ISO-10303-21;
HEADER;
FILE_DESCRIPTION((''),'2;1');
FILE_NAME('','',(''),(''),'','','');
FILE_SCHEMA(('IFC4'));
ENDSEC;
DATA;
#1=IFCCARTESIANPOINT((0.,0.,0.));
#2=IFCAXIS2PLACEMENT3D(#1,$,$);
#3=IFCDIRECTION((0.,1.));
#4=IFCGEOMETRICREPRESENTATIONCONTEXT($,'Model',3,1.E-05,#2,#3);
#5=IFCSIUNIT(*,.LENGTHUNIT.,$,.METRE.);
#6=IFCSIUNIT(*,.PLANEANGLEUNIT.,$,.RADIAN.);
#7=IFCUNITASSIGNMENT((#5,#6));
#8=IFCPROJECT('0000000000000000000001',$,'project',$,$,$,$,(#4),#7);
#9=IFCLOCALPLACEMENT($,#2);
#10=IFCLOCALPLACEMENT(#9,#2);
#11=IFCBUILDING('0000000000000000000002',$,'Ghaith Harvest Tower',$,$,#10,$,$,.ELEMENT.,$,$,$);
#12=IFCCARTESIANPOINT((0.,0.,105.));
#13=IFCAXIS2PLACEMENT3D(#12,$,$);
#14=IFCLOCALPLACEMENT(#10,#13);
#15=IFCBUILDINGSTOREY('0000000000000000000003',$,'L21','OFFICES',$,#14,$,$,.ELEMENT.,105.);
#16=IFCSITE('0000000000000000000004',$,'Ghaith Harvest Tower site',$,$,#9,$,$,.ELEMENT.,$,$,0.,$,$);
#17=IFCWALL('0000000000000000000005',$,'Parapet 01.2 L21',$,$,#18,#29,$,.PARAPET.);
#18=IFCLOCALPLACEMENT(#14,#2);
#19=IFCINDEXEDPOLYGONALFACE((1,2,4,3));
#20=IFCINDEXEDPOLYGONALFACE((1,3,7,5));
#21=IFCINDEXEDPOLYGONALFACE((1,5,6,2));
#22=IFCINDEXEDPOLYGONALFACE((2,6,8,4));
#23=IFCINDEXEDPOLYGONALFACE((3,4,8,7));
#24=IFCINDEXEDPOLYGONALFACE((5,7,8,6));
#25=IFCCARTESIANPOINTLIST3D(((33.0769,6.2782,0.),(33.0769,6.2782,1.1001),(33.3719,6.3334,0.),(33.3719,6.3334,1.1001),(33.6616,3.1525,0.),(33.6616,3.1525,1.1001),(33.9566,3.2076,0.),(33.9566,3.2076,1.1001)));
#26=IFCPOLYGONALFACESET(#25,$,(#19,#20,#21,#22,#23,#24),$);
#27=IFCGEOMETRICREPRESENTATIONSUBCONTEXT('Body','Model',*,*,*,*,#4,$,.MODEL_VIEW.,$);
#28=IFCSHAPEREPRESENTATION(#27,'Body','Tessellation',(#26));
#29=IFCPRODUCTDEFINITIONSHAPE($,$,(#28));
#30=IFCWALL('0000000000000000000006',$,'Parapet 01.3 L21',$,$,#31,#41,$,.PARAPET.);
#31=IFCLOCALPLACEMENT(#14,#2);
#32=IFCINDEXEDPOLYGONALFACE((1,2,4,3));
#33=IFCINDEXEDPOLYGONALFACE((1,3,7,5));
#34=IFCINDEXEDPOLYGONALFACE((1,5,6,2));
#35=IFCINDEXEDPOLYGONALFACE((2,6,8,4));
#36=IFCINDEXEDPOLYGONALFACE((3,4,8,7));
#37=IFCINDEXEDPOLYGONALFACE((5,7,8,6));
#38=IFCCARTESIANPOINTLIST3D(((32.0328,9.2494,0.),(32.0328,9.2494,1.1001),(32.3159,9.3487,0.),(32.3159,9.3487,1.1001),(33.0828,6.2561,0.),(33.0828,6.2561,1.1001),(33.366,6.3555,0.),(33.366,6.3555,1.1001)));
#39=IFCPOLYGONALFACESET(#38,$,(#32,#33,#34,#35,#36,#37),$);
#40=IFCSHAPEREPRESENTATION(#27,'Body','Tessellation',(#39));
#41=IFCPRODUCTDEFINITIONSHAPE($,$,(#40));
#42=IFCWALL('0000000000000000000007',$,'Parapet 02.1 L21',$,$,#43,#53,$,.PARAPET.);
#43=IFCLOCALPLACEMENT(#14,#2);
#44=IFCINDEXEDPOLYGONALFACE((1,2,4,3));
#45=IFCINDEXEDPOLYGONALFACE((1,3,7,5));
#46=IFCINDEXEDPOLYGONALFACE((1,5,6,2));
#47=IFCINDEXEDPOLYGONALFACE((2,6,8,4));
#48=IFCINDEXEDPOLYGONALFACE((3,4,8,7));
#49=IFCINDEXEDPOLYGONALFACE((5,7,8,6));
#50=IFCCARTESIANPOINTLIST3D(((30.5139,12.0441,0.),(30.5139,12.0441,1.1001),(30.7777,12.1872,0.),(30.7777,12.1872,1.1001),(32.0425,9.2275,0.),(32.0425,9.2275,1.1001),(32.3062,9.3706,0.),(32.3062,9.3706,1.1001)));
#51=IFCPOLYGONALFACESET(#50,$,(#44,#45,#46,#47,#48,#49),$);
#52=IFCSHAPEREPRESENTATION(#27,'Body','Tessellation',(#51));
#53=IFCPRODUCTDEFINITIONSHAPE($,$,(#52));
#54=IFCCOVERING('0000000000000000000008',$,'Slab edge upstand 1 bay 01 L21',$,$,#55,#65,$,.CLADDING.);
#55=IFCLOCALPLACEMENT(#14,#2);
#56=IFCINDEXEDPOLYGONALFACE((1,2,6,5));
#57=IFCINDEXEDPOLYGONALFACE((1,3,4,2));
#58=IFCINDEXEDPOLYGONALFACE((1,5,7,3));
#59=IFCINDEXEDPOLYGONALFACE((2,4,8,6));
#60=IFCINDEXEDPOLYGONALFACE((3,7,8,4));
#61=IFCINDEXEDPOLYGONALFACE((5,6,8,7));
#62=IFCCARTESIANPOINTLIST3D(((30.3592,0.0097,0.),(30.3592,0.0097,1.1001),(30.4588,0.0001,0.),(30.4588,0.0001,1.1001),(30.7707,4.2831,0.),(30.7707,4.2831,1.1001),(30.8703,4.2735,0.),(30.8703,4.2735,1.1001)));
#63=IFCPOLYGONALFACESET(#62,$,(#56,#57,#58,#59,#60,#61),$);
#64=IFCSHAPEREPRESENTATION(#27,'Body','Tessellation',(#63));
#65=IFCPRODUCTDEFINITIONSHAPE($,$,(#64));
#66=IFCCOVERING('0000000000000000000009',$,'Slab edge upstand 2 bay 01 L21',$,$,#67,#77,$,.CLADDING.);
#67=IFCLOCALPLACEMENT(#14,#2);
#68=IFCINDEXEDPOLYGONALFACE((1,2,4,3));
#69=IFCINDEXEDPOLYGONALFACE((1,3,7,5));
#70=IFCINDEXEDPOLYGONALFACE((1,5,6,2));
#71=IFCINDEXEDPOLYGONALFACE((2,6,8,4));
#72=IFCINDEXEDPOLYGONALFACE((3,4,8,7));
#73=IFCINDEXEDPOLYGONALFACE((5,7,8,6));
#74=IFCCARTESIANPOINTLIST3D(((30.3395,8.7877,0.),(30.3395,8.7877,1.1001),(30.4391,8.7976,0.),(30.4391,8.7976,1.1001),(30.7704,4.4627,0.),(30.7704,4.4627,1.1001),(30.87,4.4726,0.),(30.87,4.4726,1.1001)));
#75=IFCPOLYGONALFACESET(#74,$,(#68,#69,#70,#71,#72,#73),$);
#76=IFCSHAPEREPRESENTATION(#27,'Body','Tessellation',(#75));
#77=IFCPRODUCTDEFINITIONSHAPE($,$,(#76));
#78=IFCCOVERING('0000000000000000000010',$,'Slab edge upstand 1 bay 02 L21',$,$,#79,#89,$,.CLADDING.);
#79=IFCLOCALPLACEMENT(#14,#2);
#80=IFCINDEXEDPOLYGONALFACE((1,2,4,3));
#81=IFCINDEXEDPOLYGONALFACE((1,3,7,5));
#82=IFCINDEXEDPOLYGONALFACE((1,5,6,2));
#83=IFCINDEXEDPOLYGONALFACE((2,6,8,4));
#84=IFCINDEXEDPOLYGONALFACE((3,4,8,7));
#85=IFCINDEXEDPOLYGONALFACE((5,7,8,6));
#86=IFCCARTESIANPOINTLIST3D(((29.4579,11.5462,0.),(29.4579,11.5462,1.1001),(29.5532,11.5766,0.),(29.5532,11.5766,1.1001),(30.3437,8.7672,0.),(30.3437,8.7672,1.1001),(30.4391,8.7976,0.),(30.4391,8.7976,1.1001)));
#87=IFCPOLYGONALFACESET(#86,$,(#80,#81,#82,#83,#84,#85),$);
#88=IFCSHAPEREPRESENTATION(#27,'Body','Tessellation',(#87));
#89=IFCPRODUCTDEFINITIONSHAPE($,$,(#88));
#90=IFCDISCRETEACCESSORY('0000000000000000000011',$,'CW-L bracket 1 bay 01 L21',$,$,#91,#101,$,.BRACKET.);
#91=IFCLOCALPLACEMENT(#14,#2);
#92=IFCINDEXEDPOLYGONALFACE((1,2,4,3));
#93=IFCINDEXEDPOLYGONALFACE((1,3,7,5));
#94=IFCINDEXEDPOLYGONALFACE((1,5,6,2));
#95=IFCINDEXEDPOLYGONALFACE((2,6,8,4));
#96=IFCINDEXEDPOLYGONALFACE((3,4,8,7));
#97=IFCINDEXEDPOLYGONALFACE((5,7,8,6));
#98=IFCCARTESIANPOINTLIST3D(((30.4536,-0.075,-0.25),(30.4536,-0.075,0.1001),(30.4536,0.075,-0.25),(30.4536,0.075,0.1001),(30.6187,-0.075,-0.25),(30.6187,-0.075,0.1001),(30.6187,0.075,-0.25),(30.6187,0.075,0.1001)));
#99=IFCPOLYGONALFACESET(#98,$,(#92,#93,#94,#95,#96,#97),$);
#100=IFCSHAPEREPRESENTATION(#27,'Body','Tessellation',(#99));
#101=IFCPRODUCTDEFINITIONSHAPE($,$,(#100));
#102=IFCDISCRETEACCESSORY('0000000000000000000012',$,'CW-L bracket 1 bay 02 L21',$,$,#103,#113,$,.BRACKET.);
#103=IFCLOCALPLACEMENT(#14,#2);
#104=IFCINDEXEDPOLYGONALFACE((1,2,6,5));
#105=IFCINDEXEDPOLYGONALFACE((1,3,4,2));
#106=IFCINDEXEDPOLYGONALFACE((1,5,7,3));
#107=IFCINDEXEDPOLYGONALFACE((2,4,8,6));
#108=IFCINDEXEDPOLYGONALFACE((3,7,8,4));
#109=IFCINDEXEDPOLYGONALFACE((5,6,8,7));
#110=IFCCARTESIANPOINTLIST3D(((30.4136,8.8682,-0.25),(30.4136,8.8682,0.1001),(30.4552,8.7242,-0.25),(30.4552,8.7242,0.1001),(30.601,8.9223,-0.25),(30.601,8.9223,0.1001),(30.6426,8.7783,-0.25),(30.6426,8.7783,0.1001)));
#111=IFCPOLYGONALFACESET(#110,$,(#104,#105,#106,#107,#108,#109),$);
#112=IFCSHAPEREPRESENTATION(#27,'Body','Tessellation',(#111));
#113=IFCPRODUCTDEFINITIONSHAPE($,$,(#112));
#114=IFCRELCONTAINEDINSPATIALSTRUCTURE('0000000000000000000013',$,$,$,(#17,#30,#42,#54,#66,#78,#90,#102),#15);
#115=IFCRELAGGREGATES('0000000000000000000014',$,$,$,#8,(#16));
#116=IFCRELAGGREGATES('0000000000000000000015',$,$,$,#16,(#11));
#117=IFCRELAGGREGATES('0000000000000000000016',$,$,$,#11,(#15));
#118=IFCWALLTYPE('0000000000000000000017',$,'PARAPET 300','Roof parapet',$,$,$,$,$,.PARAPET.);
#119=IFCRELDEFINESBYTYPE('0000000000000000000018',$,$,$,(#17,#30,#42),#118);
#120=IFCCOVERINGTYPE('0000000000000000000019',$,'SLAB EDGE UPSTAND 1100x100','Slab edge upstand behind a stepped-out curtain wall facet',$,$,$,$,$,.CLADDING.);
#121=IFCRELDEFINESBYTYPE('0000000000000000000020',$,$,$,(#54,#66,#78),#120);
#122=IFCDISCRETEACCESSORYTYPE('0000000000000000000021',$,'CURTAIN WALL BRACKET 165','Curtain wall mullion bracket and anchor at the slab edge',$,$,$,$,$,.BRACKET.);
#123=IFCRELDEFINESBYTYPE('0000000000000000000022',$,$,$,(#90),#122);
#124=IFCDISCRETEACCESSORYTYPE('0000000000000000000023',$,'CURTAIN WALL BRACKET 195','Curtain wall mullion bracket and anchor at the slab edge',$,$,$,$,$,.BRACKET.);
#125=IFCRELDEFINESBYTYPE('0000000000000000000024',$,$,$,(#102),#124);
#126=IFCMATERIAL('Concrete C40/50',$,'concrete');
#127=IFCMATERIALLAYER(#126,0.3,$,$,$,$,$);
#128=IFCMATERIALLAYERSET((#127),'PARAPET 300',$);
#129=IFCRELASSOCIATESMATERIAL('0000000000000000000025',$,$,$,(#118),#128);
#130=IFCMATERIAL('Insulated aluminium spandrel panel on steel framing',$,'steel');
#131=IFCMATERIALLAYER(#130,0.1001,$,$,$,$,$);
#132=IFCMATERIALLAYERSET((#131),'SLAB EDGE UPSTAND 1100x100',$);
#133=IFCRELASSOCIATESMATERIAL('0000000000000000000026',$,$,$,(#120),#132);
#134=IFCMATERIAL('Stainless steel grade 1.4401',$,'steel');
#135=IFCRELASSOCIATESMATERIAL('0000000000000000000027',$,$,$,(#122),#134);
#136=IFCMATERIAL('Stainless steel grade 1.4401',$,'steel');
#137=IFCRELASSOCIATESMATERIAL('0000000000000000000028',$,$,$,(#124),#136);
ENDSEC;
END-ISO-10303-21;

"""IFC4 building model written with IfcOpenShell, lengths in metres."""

from ifc_helpers import new_model, si_unit, direction, frame, frame_2d, origin, origin_2d, place, context, subcontext, project, spatial, rectangle, extrude, material, layer, layer_set, type_object, element, save


model = new_model("IFC4")

# Units and contexts
model_context = context("Model", 3, precision=1e-05, world=origin(), true_north=direction((0.0, 1.0)))
body_context = subcontext(model_context, "Body", "Model", "MODEL_VIEW")
ifc_project = project(units=[si_unit("LENGTHUNIT", "METRE"), si_unit("PLANEANGLEUNIT", "RADIAN")], contexts=[model_context])

# Site, building, storey
site_placement = place(None, origin())
site = spatial("IfcSite", under=ifc_project, at=site_placement, Name="Ghaith Harvest Tower site", CompositionType="ELEMENT", RefElevation=0.0)
building_placement = place(site_placement, origin())
building = spatial("IfcBuilding", under=site, at=building_placement, Name="Ghaith Harvest Tower", CompositionType="ELEMENT")
storey_placement = place(building_placement, frame((0.0, 0.0, 105.0)))
storey = spatial("IfcBuildingStorey", under=building, at=storey_placement, Name="L21", Description="OFFICES", CompositionType="ELEMENT", Elevation=105.0)

# Walls
ifc_material_1 = material(Name="Concrete C40/50", Category="concrete")
ifc_layer_1 = layer(ifc_material_1, 0.3)
ifc_layer_set_1 = layer_set([ifc_layer_1], Name="PARAPET 300")
wall_type_1 = type_object("IfcWallType", Name="PARAPET 300", Description="Roof parapet", PredefinedType="PARAPET", material=ifc_layer_set_1)
wall_1_placement = place(storey_placement, frame((33.8091, 3.1802, 0.0), z_axis=(0.0, 0.0, 1.0), x_axis=(-0.183876, 0.982949, 0.0)))
element("IfcWall", 1, at=wall_1_placement, inside=storey, type_object=wall_type_1, Name="Parapet 01.2 L21", PredefinedType="PARAPET", context=body_context, shape_type="SweptSolid", body=[
    extrude(rectangle(XDim=3.1799, YDim=0.3, at=frame_2d((1.5898, 0.0))), origin(), (0.0, 0.0, 1.0), 1.1001),
])
wall_2_placement = place(storey_placement, frame((33.2244, 6.3059, 0.0), z_axis=(0.0, 0.0, 1.0), x_axis=(-0.331036, 0.943618, 0.0)))
element("IfcWall", 2, at=wall_2_placement, inside=storey, type_object=wall_type_1, Name="Parapet 01.3 L21", PredefinedType="PARAPET", context=body_context, shape_type="SweptSolid", body=[
    extrude(rectangle(XDim=3.1721, YDim=0.3, at=frame_2d((1.5859, 0.0))), origin(), (0.0, 0.0, 1.0), 1.1001),
])
wall_3_placement = place(storey_placement, frame((32.1743, 9.2991, 0.0), z_axis=(0.0, 0.0, 1.0), x_axis=(-0.476978, 0.878915, 0.0)))
element("IfcWall", 3, at=wall_3_placement, inside=storey, type_object=wall_type_1, Name="Parapet 02.1 L21", PredefinedType="PARAPET", context=body_context, shape_type="SweptSolid", body=[
    extrude(rectangle(XDim=3.2046, YDim=0.3, at=frame_2d((1.6023, 0.0))), origin(), (0.0, 0.0, 1.0), 1.1001),
])

# Coverings
ifc_material_2 = material(Name="Insulated aluminium spandrel panel on steel framing", Category="steel")
ifc_layer_2 = layer(ifc_material_2, 0.1001)
ifc_layer_set_2 = layer_set([ifc_layer_2], Name="SLAB EDGE UPSTAND 1100x100")
covering_type = type_object("IfcCoveringType", Name="SLAB EDGE UPSTAND 1100x100", Description="Slab edge upstand behind a stepped-out curtain wall facet", PredefinedType="CLADDING", material=ifc_layer_set_2)
covering_1_placement = place(storey_placement, frame((30.6147, 2.1416, 0.0), z_axis=(0.0, 0.0, 1.0), x_axis=(0.095861, 0.995395, 0.0)))
element("IfcCovering", 4, at=covering_1_placement, inside=storey, type_object=covering_type, Name="Slab edge upstand 1 bay 01 L21", PredefinedType="CLADDING", context=body_context, shape_type="SweptSolid", body=[
    extrude(rectangle(XDim=4.2932, YDim=0.1001, at=origin_2d()), origin(), (0.0, 0.0, 1.0), 1.1001),
])
covering_2_placement = place(storey_placement, frame((30.6047, 6.6301, 0.0), z_axis=(0.0, 0.0, 1.0), x_axis=(-0.099132, 0.995074, 0.0)))
element("IfcCovering", 5, at=covering_2_placement, inside=storey, type_object=covering_type, Name="Slab edge upstand 2 bay 01 L21", PredefinedType="CLADDING", context=body_context, shape_type="SweptSolid", body=[
    extrude(rectangle(XDim=4.3464, YDim=0.1001, at=origin_2d()), origin(), (0.0, 0.0, 1.0), 1.1001),
])
covering_3_placement = place(storey_placement, frame((29.9485, 10.1719, 0.0), z_axis=(0.0, 0.0, 1.0), x_axis=(-0.303717, 0.952762, 0.0)))
element("IfcCovering", 6, at=covering_3_placement, inside=storey, type_object=covering_type, Name="Slab edge upstand 1 bay 02 L21", PredefinedType="CLADDING", context=body_context, shape_type="SweptSolid", body=[
    extrude(rectangle(XDim=2.9167, YDim=0.1001, at=origin_2d()), origin(), (0.0, 0.0, 1.0), 1.1001),
])

# Discrete accessories
ifc_material_3 = material(Name="Stainless steel grade 1.4401", Category="steel")
discrete_accessory_type_1 = type_object("IfcDiscreteAccessoryType", Name="CURTAIN WALL BRACKET 165", Description="Curtain wall mullion bracket and anchor at the slab edge", PredefinedType="BRACKET", material=ifc_material_3)
discrete_accessory_1_placement = place(storey_placement, frame((30.5361, 0.0, -0.25), z_axis=(0.0, 0.0, 1.0), x_axis=(1.0, 0.0, 0.0)))
element("IfcDiscreteAccessory", 7, at=discrete_accessory_1_placement, inside=storey, type_object=discrete_accessory_type_1, Name="CW-L bracket 1 bay 01 L21", PredefinedType="BRACKET", context=body_context, shape_type="SweptSolid", body=[
    extrude(rectangle(XDim=0.165, YDim=0.1499, at=origin_2d()), origin(), (0.0, 0.0, 1.0), 0.3501),
])
ifc_material_4 = material(Name="Stainless steel grade 1.4401", Category="steel")
discrete_accessory_type_2 = type_object("IfcDiscreteAccessoryType", Name="CURTAIN WALL BRACKET 195", Description="Curtain wall mullion bracket and anchor at the slab edge", PredefinedType="BRACKET", material=ifc_material_4)
discrete_accessory_2_placement = place(storey_placement, frame((30.5281, 8.8232, -0.25), z_axis=(0.0, 0.0, 1.0), x_axis=(0.96068, 0.277657, 0.0)))
element("IfcDiscreteAccessory", 8, at=discrete_accessory_2_placement, inside=storey, type_object=discrete_accessory_type_2, Name="CW-L bracket 1 bay 02 L21", PredefinedType="BRACKET", context=body_context, shape_type="SweptSolid", body=[
    extrude(rectangle(XDim=0.1951, YDim=0.1499, at=origin_2d()), origin(), (0.0, 0.0, 1.0), 0.3501),
])

save(model, "model.ifc")
